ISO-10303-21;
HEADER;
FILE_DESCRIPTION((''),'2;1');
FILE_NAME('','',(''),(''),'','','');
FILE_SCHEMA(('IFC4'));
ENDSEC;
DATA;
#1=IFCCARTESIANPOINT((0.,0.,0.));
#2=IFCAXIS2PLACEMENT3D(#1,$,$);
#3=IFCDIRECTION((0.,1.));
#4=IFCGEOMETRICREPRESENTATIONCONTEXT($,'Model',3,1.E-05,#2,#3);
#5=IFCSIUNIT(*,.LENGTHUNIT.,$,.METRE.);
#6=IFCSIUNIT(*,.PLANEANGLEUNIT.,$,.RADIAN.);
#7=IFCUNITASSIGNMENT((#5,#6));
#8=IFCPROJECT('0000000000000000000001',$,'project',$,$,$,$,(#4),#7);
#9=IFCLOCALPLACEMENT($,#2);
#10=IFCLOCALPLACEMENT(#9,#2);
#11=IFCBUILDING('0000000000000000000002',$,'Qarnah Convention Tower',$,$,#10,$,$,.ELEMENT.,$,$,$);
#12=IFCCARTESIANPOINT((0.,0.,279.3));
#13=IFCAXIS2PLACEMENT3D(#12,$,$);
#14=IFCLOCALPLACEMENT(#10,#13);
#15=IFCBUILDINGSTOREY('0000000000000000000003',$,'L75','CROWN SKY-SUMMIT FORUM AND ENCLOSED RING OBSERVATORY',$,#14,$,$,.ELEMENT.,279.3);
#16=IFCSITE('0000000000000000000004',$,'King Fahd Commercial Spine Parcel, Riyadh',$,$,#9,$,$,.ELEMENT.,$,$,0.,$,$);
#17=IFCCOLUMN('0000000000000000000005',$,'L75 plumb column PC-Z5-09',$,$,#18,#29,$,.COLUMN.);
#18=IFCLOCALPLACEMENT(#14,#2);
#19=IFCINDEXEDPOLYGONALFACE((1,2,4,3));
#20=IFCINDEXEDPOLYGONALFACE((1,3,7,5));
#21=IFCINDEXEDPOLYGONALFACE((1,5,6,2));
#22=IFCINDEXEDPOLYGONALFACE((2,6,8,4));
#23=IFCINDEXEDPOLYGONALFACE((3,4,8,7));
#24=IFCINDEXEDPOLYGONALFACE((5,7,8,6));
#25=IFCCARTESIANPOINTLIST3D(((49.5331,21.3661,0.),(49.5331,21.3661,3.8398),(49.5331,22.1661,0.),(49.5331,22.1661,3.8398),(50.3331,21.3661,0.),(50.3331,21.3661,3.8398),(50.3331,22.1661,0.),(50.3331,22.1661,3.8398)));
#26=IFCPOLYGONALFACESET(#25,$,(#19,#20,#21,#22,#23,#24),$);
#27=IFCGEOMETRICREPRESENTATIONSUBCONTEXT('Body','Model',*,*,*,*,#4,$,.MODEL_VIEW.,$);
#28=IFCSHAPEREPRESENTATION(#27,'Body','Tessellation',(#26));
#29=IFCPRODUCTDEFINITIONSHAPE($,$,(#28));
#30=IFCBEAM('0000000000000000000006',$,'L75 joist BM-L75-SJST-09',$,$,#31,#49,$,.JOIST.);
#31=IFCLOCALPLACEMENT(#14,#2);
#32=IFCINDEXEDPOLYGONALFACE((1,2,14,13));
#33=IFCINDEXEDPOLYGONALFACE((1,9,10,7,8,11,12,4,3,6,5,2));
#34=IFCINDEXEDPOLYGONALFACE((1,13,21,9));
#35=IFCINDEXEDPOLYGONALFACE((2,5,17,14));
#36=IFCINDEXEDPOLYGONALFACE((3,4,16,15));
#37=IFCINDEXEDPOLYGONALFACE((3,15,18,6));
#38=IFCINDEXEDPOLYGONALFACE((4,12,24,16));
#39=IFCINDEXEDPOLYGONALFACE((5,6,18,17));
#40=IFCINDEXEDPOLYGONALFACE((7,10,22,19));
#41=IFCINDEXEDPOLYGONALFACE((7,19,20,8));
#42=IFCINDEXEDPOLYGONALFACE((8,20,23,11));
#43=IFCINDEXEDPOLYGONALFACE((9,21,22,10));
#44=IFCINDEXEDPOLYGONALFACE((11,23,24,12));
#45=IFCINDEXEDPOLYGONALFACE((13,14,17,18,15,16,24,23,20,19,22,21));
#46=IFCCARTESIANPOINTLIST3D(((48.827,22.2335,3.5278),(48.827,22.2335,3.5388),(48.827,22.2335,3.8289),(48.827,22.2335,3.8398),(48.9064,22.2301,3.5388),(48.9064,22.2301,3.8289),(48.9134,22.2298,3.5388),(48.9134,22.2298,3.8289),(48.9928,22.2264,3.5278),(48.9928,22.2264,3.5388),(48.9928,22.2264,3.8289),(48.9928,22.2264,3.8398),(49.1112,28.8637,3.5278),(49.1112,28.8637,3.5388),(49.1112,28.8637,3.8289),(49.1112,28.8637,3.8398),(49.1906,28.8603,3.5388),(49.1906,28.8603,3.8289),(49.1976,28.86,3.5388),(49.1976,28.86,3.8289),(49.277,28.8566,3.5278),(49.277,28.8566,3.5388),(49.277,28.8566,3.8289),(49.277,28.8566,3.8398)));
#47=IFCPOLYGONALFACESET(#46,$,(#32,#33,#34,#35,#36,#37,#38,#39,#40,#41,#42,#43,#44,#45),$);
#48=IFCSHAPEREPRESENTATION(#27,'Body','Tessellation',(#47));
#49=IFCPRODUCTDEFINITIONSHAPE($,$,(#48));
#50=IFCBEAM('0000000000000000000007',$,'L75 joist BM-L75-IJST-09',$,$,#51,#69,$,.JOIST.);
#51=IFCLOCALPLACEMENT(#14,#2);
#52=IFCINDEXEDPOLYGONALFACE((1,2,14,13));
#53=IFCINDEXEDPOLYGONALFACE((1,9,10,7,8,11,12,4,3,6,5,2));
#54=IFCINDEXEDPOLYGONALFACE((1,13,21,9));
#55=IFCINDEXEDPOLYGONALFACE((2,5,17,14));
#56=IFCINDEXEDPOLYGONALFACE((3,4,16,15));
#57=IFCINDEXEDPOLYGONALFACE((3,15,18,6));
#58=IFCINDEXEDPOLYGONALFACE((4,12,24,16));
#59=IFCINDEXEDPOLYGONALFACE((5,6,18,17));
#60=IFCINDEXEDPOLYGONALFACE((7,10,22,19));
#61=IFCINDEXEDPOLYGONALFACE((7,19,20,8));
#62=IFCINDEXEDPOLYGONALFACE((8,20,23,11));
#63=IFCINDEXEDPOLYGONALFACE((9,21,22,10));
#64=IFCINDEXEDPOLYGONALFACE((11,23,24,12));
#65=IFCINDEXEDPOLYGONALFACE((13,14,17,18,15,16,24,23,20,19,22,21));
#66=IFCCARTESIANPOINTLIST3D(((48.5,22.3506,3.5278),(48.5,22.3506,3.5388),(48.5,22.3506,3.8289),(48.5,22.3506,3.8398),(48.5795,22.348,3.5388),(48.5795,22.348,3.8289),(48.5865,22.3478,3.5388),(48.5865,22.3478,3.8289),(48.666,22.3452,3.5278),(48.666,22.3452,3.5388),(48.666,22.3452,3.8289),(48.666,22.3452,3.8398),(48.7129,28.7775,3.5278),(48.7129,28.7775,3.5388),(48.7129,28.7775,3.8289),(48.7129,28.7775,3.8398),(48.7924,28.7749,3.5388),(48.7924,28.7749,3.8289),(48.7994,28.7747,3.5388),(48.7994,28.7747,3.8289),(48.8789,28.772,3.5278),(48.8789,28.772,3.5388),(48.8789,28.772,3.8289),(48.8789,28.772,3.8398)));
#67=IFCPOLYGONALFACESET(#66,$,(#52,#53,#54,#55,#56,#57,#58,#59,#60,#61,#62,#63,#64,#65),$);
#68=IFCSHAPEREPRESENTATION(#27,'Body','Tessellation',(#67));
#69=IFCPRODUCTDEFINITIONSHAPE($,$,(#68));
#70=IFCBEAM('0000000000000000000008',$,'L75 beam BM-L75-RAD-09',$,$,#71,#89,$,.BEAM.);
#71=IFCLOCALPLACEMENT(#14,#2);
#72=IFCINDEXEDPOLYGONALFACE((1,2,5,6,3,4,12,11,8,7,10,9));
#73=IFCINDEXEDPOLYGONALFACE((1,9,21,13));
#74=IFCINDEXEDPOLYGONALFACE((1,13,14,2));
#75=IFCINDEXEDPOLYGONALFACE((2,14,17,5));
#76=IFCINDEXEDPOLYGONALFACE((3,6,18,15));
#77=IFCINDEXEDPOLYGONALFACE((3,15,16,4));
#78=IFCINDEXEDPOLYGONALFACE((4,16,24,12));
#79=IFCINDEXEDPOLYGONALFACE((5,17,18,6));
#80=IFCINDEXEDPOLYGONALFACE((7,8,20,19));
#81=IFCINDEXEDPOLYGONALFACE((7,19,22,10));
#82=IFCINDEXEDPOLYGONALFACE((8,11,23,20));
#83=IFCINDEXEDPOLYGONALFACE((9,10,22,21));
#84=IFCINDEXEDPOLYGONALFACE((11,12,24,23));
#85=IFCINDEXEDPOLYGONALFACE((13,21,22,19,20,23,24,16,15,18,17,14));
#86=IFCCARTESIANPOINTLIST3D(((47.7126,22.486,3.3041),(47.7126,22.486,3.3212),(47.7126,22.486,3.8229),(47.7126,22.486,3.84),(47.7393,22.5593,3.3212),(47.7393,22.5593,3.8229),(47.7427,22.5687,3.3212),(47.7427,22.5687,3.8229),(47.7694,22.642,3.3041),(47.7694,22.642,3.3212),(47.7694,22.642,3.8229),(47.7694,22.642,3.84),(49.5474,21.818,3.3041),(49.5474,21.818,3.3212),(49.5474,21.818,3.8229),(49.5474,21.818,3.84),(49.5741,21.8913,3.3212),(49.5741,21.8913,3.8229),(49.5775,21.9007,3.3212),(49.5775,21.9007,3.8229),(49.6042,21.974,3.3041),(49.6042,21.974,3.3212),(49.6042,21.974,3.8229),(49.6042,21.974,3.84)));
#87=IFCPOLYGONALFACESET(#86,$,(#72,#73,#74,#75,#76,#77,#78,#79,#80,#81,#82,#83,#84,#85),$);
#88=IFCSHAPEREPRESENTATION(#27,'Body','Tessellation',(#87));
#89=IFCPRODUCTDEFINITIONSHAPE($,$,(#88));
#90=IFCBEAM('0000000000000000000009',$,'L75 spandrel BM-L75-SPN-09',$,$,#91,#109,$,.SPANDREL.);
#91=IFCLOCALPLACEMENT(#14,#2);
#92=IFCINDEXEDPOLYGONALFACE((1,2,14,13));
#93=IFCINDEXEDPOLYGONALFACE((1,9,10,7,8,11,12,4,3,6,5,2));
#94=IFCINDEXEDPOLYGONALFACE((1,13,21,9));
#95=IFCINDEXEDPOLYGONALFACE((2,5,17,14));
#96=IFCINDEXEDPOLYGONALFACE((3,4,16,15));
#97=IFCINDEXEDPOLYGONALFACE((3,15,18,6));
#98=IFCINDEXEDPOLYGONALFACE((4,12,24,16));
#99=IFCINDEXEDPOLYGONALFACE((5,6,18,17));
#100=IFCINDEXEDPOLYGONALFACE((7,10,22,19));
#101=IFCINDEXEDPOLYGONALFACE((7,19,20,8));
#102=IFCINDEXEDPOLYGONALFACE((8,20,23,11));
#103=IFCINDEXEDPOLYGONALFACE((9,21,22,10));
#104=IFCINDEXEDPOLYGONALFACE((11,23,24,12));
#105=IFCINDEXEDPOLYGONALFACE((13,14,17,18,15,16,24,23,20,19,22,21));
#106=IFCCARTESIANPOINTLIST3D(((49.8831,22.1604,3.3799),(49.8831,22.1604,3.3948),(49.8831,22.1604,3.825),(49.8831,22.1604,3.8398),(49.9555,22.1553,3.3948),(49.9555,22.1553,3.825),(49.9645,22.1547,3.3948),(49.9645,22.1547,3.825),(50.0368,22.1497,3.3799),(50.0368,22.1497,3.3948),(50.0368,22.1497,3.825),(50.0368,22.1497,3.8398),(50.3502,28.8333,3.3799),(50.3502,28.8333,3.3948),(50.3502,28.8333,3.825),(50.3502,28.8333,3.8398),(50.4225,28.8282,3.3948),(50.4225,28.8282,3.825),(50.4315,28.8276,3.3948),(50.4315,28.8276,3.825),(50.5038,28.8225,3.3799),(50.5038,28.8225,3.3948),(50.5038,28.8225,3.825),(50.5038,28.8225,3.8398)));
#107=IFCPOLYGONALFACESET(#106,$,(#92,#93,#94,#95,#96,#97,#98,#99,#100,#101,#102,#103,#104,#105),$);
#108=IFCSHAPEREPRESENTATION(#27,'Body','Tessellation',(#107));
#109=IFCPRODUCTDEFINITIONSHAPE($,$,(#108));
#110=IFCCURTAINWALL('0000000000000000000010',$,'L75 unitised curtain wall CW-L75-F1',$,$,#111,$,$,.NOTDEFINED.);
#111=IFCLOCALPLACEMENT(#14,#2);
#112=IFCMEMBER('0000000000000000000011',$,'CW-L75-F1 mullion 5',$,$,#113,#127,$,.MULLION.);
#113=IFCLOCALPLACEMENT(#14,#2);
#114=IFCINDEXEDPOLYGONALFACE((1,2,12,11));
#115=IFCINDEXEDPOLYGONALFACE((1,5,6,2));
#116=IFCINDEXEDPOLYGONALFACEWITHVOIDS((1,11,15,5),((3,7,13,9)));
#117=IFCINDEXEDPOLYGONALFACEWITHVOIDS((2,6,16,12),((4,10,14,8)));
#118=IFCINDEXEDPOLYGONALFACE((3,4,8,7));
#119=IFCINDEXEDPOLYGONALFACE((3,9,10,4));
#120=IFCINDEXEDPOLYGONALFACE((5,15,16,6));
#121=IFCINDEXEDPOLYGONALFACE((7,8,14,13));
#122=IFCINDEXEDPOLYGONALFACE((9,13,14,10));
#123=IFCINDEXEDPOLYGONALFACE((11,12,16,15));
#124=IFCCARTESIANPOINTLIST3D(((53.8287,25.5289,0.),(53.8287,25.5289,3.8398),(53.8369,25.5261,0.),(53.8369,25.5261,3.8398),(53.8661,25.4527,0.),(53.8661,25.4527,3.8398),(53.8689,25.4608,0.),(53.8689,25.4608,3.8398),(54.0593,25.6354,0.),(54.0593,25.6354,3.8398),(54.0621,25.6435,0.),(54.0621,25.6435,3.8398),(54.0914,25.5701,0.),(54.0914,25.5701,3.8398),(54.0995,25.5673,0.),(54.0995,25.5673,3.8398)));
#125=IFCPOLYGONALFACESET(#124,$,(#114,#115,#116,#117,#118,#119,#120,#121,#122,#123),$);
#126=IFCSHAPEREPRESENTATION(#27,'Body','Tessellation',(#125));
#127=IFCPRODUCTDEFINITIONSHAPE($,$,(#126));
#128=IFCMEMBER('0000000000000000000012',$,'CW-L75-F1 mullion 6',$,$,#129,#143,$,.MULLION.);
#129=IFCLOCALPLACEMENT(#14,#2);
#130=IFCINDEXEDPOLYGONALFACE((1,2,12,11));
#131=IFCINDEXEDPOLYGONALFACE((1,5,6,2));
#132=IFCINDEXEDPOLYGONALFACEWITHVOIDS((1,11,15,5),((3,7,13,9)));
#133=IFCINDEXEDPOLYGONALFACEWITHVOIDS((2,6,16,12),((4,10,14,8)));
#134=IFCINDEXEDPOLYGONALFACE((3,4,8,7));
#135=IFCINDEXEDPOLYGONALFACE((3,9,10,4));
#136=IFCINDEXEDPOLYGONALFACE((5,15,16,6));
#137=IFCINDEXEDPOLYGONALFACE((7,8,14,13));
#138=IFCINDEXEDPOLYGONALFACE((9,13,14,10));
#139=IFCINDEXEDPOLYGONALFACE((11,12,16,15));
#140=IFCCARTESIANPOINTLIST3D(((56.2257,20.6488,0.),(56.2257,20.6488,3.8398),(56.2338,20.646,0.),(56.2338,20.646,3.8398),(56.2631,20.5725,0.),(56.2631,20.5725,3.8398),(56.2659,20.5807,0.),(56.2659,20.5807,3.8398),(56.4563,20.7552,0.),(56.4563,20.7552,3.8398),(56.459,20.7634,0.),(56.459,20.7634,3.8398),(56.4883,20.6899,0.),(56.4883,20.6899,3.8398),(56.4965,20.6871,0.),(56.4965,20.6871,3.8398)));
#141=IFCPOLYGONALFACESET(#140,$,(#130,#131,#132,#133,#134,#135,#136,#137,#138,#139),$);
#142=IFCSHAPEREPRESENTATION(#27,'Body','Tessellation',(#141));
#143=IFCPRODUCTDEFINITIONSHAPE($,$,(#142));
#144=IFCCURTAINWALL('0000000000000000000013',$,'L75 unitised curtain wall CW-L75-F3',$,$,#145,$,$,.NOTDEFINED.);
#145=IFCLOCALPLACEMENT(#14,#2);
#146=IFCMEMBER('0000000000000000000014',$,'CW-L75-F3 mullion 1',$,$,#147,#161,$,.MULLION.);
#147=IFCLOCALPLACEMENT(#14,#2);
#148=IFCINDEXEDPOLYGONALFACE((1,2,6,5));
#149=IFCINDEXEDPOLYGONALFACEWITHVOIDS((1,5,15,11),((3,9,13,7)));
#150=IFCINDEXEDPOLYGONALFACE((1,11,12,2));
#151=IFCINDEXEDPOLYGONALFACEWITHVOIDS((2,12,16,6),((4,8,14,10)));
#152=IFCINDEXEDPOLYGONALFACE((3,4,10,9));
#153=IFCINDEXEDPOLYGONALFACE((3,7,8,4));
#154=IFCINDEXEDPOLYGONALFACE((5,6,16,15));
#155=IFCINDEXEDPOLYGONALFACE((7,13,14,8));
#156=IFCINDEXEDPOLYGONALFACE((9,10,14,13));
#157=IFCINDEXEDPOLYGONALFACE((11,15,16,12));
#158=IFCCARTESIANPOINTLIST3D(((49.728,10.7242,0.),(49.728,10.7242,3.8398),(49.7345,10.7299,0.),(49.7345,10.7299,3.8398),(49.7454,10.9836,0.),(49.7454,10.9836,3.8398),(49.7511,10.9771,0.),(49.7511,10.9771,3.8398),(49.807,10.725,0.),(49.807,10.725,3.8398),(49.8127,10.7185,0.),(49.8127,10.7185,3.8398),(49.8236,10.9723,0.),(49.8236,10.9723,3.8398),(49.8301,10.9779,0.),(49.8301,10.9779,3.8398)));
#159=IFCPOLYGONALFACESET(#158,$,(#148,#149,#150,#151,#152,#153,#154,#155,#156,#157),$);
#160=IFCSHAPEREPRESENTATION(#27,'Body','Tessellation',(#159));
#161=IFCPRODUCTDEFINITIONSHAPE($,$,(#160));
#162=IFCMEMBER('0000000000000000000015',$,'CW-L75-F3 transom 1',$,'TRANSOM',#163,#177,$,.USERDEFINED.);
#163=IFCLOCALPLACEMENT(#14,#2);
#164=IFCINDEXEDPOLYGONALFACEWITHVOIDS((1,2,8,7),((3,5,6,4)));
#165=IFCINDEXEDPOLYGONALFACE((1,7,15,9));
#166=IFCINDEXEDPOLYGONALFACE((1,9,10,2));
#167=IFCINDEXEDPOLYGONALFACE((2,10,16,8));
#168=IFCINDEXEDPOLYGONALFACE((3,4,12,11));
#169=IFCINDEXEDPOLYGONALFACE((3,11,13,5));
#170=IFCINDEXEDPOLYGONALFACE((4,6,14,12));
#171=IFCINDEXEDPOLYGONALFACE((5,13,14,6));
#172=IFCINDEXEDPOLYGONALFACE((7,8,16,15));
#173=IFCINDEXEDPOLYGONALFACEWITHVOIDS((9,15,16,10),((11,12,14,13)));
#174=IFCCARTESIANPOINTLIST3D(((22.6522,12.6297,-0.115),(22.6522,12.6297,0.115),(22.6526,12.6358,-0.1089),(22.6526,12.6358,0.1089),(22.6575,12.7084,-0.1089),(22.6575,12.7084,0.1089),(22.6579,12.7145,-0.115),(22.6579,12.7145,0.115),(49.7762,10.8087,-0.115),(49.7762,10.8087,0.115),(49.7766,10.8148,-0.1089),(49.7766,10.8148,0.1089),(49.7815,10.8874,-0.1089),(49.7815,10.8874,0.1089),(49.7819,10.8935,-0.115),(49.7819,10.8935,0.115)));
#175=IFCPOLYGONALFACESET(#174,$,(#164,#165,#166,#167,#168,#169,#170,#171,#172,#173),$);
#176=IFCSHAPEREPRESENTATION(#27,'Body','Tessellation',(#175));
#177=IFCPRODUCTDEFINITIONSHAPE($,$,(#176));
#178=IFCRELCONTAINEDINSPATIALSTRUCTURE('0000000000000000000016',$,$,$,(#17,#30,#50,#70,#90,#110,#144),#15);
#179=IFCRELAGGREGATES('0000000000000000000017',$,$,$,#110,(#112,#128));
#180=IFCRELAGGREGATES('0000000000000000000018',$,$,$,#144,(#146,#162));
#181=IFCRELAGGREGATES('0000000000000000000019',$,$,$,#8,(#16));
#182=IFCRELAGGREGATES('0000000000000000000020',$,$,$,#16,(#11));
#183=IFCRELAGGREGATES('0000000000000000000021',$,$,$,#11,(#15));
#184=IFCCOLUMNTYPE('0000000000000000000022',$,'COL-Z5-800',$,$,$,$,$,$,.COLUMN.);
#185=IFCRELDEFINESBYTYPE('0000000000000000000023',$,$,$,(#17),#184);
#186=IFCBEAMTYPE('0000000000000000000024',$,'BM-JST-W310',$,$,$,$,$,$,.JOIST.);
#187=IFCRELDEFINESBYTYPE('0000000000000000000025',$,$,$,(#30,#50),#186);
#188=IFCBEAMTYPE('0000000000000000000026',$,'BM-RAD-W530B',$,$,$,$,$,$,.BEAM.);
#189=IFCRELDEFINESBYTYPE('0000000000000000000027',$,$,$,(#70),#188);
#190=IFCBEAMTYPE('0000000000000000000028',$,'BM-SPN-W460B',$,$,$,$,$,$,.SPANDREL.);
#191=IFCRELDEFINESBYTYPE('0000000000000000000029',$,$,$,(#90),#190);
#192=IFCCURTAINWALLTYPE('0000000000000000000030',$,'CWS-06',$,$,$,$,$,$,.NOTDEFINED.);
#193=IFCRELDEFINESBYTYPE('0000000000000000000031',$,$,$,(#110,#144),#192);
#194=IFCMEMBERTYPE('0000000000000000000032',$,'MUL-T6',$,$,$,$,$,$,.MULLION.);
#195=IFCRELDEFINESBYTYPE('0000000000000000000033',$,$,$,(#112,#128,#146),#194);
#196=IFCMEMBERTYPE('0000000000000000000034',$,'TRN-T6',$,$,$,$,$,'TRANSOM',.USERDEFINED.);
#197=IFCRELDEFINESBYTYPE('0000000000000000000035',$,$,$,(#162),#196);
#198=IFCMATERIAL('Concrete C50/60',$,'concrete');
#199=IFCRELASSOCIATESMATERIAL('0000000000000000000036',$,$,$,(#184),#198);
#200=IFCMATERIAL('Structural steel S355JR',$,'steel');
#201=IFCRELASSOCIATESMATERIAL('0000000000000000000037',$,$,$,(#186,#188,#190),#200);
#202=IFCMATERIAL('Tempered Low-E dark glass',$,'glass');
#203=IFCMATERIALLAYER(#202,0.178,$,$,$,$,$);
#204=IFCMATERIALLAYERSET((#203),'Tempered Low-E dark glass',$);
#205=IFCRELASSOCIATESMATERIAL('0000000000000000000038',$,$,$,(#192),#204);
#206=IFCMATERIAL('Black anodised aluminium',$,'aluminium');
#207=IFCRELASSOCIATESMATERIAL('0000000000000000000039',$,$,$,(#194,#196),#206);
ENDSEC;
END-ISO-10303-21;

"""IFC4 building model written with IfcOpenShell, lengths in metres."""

from ifc_helpers import new_model, si_unit, direction, frame, origin, origin_2d, place, context, subcontext, project, spatial, rectangle, hollow_rectangle, i_section, extrude, material, layer, layer_set, material_profile, profile_set, type_object, element, aggregate, save


model = new_model("IFC4")

# Units and contexts
model_context = context("Model", 3, precision=1e-05, world=origin(), true_north=direction((0.0, 1.0)))
body_context = subcontext(model_context, "Body", "Model", "MODEL_VIEW")
ifc_project = project(units=[si_unit("LENGTHUNIT", "METRE"), si_unit("PLANEANGLEUNIT", "RADIAN")], contexts=[model_context])

# Site, building, storey
site_placement = place(None, origin())
site = spatial("IfcSite", under=ifc_project, at=site_placement, Name="King Fahd Commercial Spine Parcel, Riyadh", CompositionType="ELEMENT", RefElevation=0.0)
building_placement = place(site_placement, origin())
building = spatial("IfcBuilding", under=site, at=building_placement, Name="Qarnah Convention Tower", CompositionType="ELEMENT")
storey_placement = place(building_placement, frame((0.0, 0.0, 279.3)))
storey = spatial("IfcBuildingStorey", under=building, at=storey_placement, Name="L75", Description="CROWN SKY-SUMMIT FORUM AND ENCLOSED RING OBSERVATORY", CompositionType="ELEMENT", Elevation=279.3)

# Column
ifc_material_1 = material(Name="Concrete C50/60", Category="concrete")
ifc_material_profile_1 = material_profile(ifc_material_1, rectangle(XDim=0.8, YDim=0.8, at=origin_2d()), Name="RC-COL-800X800")
ifc_profile_set_1 = profile_set([ifc_material_profile_1], Name="Concrete C50/60")
column_type = type_object("IfcColumnType", Name="COL-Z5-800", PredefinedType="COLUMN", material=ifc_profile_set_1)
column_placement = place(storey_placement, frame((49.9331, 21.7661, 0.0), z_axis=(0.0, 0.0, 1.0), x_axis=(1.0, 0.0, 0.0)))
element("IfcColumn", 1, at=column_placement, inside=storey, type_object=column_type, Name="L75 plumb column PC-Z5-09", PredefinedType="COLUMN", context=body_context, shape_type="SweptSolid", body=[
    extrude(rectangle(XDim=0.8, YDim=0.8, at=origin_2d()), origin(), (0.0, 0.0, 1.0), 3.8398),
])

# Beams
ifc_material_2 = material(Name="Structural steel S355JR", Category="steel")
ifc_material_profile_2 = material_profile(ifc_material_2, i_section(OverallWidth=0.166, OverallDepth=0.312, WebThickness=0.0071, FlangeThickness=0.011, at=origin_2d()), Name="W310X45")
ifc_profile_set_2 = profile_set([ifc_material_profile_2], Name="Structural steel S355JR")
beam_type_1 = type_object("IfcBeamType", Name="BM-JST-W310", PredefinedType="JOIST", material=ifc_profile_set_2)
beam_1_placement = place(storey_placement, frame((48.9099, 22.23, 3.6838), z_axis=(0.042823, 0.999083, 0.0), x_axis=(-0.999083, 0.042823, 0.0)))
element("IfcBeam", 2, at=beam_1_placement, inside=storey, type_object=beam_type_1, Name="L75 joist BM-L75-SJST-09", PredefinedType="JOIST", context=body_context, shape_type="SweptSolid", body=[
    extrude(i_section(OverallWidth=0.166, OverallDepth=0.312, WebThickness=0.0071, FlangeThickness=0.011, at=origin_2d()), origin(), (0.0, 0.0, 1.0), 6.6362),
])
beam_2_placement = place(storey_placement, frame((48.583, 22.3479, 3.6838), z_axis=(0.033106, 0.999452, 0.0), x_axis=(-0.999452, 0.033106, 0.0)))
element("IfcBeam", 3, at=beam_2_placement, inside=storey, type_object=beam_type_1, Name="L75 joist BM-L75-IJST-09", PredefinedType="JOIST", context=body_context, shape_type="SweptSolid", body=[
    extrude(i_section(OverallWidth=0.166, OverallDepth=0.312, WebThickness=0.0071, FlangeThickness=0.011, at=origin_2d()), origin(), (0.0, 0.0, 1.0), 6.4304),
])
ifc_material_profile_3 = material_profile(ifc_material_2, i_section(OverallWidth=0.166, OverallDepth=0.5359, WebThickness=0.01, FlangeThickness=0.0171, at=origin_2d()), Name="W530X85")
ifc_profile_set_3 = profile_set([ifc_material_profile_3], Name="Structural steel S355JR")
beam_type_2 = type_object("IfcBeamType", Name="BM-RAD-W530B", PredefinedType="BEAM", material=ifc_profile_set_3)
beam_3_placement = place(storey_placement, frame((47.741, 22.564, 3.572), z_axis=(0.939677, -0.342064, 0.0), x_axis=(0.342064, 0.939677, 0.0)))
element("IfcBeam", 4, at=beam_3_placement, inside=storey, type_object=beam_type_2, Name="L75 beam BM-L75-RAD-09", PredefinedType="BEAM", context=body_context, shape_type="SweptSolid", body=[
    extrude(i_section(OverallWidth=0.166, OverallDepth=0.5359, WebThickness=0.01, FlangeThickness=0.0171, at=origin_2d()), origin(), (0.0, 0.0, 1.0), 1.9526),
])
ifc_material_profile_4 = material_profile(ifc_material_2, i_section(OverallWidth=0.1541, OverallDepth=0.46, WebThickness=0.009, FlangeThickness=0.0149, at=origin_2d()), Name="W460X68")
ifc_profile_set_4 = profile_set([ifc_material_profile_4], Name="Structural steel S355JR")
beam_type_3 = type_object("IfcBeamType", Name="BM-SPN-W460B", PredefinedType="SPANDREL", material=ifc_profile_set_4)
beam_4_placement = place(storey_placement, frame((49.96, 22.155, 3.6099), z_axis=(0.06982, 0.99756, 0.0), x_axis=(-0.99756, 0.06982, 0.0)))
element("IfcBeam", 5, at=beam_4_placement, inside=storey, type_object=beam_type_3, Name="L75 spandrel BM-L75-SPN-09", PredefinedType="SPANDREL", context=body_context, shape_type="SweptSolid", body=[
    extrude(i_section(OverallWidth=0.1541, OverallDepth=0.46, WebThickness=0.009, FlangeThickness=0.0149, at=origin_2d()), origin(), (0.0, 0.0, 1.0), 6.6892),
])

# Curtain walls, members
ifc_material_3 = material(Name="Tempered Low-E dark glass", Category="glass")
ifc_layer_1 = layer(ifc_material_3, 0.178)
ifc_layer_set_1 = layer_set([ifc_layer_1], Name="Tempered Low-E dark glass")
curtain_wall_type = type_object("IfcCurtainWallType", Name="CWS-06", PredefinedType="NOTDEFINED", material=ifc_layer_set_1)
curtain_wall_1_placement = place(storey_placement, origin())
curtain_wall_1 = element("IfcCurtainWall", 6, at=curtain_wall_1_placement, inside=storey, type_object=curtain_wall_type, Name="L75 unitised curtain wall CW-L75-F1", PredefinedType="NOTDEFINED")
ifc_material_4 = material(Name="Black anodised aluminium", Category="aluminium")
ifc_material_profile_5 = material_profile(ifc_material_4, hollow_rectangle(XDim=0.085, YDim=0.26, WallThickness=0.0061, at=origin_2d()), Name="MUL-85X260")
ifc_profile_set_5 = profile_set([ifc_material_profile_5], Name="Black anodised aluminium")
member_type_1 = type_object("IfcMemberType", Name="MUL-T6", PredefinedType="MULLION", material=ifc_profile_set_5)
member_1_placement = place(storey_placement, frame((53.9641, 25.5481, 0.0), z_axis=(0.0, 0.0, 1.0), x_axis=(0.440831, -0.89759, 0.0)))
member_1 = element("IfcMember", 7, at=member_1_placement, type_object=member_type_1, Name="CW-L75-F1 mullion 5", PredefinedType="MULLION", context=body_context, shape_type="SweptSolid", body=[
    extrude(hollow_rectangle(XDim=0.085, YDim=0.26, WallThickness=0.0061, at=origin_2d()), origin(), (0.0, 0.0, 1.0), 3.8398),
])
member_2_placement = place(storey_placement, frame((56.3611, 20.668, 0.0), z_axis=(0.0, 0.0, 1.0), x_axis=(0.440831, -0.89759, 0.0)))
member_2 = element("IfcMember", 8, at=member_2_placement, type_object=member_type_1, Name="CW-L75-F1 mullion 6", PredefinedType="MULLION", context=body_context, shape_type="SweptSolid", body=[
    extrude(hollow_rectangle(XDim=0.085, YDim=0.26, WallThickness=0.0061, at=origin_2d()), origin(), (0.0, 0.0, 1.0), 3.8398),
])
curtain_wall_2_placement = place(storey_placement, origin())
curtain_wall_2 = element("IfcCurtainWall", 9, at=curtain_wall_2_placement, inside=storey, type_object=curtain_wall_type, Name="L75 unitised curtain wall CW-L75-F3", PredefinedType="NOTDEFINED")
member_3_placement = place(storey_placement, frame((49.7791, 10.8511, 0.0), z_axis=(0.0, 0.0, 1.0), x_axis=(-0.997754, 0.066985, 0.0)))
member_3 = element("IfcMember", 10, at=member_3_placement, type_object=member_type_1, Name="CW-L75-F3 mullion 1", PredefinedType="MULLION", context=body_context, shape_type="SweptSolid", body=[
    extrude(hollow_rectangle(XDim=0.085, YDim=0.26, WallThickness=0.0061, at=origin_2d()), origin(), (0.0, 0.0, 1.0), 3.8398),
])
ifc_material_profile_6 = material_profile(ifc_material_4, hollow_rectangle(XDim=0.085, YDim=0.23, WallThickness=0.0061, at=origin_2d()), Name="TRN-85X230")
ifc_profile_set_6 = profile_set([ifc_material_profile_6], Name="Black anodised aluminium")
member_type_2 = type_object("IfcMemberType", Name="TRN-T6", ElementType="TRANSOM", PredefinedType="USERDEFINED", material=ifc_profile_set_6)
member_4_placement = place(storey_placement, frame((49.7791, 10.8511, 0.0), z_axis=(-0.997754, 0.066987, 0.0), x_axis=(-0.066987, -0.997754, 0.0)))
member_4 = element("IfcMember", 11, at=member_4_placement, type_object=member_type_2, Name="CW-L75-F3 transom 1", ObjectType="TRANSOM", PredefinedType="USERDEFINED", context=body_context, shape_type="SweptSolid", body=[
    extrude(hollow_rectangle(XDim=0.085, YDim=0.23, WallThickness=0.0061, at=origin_2d()), origin(), (0.0, 0.0, 1.0), 27.1851),
])

aggregate(curtain_wall_1, [member_1, member_2])
aggregate(curtain_wall_2, [member_3, member_4])

save(model, "model.ifc")
